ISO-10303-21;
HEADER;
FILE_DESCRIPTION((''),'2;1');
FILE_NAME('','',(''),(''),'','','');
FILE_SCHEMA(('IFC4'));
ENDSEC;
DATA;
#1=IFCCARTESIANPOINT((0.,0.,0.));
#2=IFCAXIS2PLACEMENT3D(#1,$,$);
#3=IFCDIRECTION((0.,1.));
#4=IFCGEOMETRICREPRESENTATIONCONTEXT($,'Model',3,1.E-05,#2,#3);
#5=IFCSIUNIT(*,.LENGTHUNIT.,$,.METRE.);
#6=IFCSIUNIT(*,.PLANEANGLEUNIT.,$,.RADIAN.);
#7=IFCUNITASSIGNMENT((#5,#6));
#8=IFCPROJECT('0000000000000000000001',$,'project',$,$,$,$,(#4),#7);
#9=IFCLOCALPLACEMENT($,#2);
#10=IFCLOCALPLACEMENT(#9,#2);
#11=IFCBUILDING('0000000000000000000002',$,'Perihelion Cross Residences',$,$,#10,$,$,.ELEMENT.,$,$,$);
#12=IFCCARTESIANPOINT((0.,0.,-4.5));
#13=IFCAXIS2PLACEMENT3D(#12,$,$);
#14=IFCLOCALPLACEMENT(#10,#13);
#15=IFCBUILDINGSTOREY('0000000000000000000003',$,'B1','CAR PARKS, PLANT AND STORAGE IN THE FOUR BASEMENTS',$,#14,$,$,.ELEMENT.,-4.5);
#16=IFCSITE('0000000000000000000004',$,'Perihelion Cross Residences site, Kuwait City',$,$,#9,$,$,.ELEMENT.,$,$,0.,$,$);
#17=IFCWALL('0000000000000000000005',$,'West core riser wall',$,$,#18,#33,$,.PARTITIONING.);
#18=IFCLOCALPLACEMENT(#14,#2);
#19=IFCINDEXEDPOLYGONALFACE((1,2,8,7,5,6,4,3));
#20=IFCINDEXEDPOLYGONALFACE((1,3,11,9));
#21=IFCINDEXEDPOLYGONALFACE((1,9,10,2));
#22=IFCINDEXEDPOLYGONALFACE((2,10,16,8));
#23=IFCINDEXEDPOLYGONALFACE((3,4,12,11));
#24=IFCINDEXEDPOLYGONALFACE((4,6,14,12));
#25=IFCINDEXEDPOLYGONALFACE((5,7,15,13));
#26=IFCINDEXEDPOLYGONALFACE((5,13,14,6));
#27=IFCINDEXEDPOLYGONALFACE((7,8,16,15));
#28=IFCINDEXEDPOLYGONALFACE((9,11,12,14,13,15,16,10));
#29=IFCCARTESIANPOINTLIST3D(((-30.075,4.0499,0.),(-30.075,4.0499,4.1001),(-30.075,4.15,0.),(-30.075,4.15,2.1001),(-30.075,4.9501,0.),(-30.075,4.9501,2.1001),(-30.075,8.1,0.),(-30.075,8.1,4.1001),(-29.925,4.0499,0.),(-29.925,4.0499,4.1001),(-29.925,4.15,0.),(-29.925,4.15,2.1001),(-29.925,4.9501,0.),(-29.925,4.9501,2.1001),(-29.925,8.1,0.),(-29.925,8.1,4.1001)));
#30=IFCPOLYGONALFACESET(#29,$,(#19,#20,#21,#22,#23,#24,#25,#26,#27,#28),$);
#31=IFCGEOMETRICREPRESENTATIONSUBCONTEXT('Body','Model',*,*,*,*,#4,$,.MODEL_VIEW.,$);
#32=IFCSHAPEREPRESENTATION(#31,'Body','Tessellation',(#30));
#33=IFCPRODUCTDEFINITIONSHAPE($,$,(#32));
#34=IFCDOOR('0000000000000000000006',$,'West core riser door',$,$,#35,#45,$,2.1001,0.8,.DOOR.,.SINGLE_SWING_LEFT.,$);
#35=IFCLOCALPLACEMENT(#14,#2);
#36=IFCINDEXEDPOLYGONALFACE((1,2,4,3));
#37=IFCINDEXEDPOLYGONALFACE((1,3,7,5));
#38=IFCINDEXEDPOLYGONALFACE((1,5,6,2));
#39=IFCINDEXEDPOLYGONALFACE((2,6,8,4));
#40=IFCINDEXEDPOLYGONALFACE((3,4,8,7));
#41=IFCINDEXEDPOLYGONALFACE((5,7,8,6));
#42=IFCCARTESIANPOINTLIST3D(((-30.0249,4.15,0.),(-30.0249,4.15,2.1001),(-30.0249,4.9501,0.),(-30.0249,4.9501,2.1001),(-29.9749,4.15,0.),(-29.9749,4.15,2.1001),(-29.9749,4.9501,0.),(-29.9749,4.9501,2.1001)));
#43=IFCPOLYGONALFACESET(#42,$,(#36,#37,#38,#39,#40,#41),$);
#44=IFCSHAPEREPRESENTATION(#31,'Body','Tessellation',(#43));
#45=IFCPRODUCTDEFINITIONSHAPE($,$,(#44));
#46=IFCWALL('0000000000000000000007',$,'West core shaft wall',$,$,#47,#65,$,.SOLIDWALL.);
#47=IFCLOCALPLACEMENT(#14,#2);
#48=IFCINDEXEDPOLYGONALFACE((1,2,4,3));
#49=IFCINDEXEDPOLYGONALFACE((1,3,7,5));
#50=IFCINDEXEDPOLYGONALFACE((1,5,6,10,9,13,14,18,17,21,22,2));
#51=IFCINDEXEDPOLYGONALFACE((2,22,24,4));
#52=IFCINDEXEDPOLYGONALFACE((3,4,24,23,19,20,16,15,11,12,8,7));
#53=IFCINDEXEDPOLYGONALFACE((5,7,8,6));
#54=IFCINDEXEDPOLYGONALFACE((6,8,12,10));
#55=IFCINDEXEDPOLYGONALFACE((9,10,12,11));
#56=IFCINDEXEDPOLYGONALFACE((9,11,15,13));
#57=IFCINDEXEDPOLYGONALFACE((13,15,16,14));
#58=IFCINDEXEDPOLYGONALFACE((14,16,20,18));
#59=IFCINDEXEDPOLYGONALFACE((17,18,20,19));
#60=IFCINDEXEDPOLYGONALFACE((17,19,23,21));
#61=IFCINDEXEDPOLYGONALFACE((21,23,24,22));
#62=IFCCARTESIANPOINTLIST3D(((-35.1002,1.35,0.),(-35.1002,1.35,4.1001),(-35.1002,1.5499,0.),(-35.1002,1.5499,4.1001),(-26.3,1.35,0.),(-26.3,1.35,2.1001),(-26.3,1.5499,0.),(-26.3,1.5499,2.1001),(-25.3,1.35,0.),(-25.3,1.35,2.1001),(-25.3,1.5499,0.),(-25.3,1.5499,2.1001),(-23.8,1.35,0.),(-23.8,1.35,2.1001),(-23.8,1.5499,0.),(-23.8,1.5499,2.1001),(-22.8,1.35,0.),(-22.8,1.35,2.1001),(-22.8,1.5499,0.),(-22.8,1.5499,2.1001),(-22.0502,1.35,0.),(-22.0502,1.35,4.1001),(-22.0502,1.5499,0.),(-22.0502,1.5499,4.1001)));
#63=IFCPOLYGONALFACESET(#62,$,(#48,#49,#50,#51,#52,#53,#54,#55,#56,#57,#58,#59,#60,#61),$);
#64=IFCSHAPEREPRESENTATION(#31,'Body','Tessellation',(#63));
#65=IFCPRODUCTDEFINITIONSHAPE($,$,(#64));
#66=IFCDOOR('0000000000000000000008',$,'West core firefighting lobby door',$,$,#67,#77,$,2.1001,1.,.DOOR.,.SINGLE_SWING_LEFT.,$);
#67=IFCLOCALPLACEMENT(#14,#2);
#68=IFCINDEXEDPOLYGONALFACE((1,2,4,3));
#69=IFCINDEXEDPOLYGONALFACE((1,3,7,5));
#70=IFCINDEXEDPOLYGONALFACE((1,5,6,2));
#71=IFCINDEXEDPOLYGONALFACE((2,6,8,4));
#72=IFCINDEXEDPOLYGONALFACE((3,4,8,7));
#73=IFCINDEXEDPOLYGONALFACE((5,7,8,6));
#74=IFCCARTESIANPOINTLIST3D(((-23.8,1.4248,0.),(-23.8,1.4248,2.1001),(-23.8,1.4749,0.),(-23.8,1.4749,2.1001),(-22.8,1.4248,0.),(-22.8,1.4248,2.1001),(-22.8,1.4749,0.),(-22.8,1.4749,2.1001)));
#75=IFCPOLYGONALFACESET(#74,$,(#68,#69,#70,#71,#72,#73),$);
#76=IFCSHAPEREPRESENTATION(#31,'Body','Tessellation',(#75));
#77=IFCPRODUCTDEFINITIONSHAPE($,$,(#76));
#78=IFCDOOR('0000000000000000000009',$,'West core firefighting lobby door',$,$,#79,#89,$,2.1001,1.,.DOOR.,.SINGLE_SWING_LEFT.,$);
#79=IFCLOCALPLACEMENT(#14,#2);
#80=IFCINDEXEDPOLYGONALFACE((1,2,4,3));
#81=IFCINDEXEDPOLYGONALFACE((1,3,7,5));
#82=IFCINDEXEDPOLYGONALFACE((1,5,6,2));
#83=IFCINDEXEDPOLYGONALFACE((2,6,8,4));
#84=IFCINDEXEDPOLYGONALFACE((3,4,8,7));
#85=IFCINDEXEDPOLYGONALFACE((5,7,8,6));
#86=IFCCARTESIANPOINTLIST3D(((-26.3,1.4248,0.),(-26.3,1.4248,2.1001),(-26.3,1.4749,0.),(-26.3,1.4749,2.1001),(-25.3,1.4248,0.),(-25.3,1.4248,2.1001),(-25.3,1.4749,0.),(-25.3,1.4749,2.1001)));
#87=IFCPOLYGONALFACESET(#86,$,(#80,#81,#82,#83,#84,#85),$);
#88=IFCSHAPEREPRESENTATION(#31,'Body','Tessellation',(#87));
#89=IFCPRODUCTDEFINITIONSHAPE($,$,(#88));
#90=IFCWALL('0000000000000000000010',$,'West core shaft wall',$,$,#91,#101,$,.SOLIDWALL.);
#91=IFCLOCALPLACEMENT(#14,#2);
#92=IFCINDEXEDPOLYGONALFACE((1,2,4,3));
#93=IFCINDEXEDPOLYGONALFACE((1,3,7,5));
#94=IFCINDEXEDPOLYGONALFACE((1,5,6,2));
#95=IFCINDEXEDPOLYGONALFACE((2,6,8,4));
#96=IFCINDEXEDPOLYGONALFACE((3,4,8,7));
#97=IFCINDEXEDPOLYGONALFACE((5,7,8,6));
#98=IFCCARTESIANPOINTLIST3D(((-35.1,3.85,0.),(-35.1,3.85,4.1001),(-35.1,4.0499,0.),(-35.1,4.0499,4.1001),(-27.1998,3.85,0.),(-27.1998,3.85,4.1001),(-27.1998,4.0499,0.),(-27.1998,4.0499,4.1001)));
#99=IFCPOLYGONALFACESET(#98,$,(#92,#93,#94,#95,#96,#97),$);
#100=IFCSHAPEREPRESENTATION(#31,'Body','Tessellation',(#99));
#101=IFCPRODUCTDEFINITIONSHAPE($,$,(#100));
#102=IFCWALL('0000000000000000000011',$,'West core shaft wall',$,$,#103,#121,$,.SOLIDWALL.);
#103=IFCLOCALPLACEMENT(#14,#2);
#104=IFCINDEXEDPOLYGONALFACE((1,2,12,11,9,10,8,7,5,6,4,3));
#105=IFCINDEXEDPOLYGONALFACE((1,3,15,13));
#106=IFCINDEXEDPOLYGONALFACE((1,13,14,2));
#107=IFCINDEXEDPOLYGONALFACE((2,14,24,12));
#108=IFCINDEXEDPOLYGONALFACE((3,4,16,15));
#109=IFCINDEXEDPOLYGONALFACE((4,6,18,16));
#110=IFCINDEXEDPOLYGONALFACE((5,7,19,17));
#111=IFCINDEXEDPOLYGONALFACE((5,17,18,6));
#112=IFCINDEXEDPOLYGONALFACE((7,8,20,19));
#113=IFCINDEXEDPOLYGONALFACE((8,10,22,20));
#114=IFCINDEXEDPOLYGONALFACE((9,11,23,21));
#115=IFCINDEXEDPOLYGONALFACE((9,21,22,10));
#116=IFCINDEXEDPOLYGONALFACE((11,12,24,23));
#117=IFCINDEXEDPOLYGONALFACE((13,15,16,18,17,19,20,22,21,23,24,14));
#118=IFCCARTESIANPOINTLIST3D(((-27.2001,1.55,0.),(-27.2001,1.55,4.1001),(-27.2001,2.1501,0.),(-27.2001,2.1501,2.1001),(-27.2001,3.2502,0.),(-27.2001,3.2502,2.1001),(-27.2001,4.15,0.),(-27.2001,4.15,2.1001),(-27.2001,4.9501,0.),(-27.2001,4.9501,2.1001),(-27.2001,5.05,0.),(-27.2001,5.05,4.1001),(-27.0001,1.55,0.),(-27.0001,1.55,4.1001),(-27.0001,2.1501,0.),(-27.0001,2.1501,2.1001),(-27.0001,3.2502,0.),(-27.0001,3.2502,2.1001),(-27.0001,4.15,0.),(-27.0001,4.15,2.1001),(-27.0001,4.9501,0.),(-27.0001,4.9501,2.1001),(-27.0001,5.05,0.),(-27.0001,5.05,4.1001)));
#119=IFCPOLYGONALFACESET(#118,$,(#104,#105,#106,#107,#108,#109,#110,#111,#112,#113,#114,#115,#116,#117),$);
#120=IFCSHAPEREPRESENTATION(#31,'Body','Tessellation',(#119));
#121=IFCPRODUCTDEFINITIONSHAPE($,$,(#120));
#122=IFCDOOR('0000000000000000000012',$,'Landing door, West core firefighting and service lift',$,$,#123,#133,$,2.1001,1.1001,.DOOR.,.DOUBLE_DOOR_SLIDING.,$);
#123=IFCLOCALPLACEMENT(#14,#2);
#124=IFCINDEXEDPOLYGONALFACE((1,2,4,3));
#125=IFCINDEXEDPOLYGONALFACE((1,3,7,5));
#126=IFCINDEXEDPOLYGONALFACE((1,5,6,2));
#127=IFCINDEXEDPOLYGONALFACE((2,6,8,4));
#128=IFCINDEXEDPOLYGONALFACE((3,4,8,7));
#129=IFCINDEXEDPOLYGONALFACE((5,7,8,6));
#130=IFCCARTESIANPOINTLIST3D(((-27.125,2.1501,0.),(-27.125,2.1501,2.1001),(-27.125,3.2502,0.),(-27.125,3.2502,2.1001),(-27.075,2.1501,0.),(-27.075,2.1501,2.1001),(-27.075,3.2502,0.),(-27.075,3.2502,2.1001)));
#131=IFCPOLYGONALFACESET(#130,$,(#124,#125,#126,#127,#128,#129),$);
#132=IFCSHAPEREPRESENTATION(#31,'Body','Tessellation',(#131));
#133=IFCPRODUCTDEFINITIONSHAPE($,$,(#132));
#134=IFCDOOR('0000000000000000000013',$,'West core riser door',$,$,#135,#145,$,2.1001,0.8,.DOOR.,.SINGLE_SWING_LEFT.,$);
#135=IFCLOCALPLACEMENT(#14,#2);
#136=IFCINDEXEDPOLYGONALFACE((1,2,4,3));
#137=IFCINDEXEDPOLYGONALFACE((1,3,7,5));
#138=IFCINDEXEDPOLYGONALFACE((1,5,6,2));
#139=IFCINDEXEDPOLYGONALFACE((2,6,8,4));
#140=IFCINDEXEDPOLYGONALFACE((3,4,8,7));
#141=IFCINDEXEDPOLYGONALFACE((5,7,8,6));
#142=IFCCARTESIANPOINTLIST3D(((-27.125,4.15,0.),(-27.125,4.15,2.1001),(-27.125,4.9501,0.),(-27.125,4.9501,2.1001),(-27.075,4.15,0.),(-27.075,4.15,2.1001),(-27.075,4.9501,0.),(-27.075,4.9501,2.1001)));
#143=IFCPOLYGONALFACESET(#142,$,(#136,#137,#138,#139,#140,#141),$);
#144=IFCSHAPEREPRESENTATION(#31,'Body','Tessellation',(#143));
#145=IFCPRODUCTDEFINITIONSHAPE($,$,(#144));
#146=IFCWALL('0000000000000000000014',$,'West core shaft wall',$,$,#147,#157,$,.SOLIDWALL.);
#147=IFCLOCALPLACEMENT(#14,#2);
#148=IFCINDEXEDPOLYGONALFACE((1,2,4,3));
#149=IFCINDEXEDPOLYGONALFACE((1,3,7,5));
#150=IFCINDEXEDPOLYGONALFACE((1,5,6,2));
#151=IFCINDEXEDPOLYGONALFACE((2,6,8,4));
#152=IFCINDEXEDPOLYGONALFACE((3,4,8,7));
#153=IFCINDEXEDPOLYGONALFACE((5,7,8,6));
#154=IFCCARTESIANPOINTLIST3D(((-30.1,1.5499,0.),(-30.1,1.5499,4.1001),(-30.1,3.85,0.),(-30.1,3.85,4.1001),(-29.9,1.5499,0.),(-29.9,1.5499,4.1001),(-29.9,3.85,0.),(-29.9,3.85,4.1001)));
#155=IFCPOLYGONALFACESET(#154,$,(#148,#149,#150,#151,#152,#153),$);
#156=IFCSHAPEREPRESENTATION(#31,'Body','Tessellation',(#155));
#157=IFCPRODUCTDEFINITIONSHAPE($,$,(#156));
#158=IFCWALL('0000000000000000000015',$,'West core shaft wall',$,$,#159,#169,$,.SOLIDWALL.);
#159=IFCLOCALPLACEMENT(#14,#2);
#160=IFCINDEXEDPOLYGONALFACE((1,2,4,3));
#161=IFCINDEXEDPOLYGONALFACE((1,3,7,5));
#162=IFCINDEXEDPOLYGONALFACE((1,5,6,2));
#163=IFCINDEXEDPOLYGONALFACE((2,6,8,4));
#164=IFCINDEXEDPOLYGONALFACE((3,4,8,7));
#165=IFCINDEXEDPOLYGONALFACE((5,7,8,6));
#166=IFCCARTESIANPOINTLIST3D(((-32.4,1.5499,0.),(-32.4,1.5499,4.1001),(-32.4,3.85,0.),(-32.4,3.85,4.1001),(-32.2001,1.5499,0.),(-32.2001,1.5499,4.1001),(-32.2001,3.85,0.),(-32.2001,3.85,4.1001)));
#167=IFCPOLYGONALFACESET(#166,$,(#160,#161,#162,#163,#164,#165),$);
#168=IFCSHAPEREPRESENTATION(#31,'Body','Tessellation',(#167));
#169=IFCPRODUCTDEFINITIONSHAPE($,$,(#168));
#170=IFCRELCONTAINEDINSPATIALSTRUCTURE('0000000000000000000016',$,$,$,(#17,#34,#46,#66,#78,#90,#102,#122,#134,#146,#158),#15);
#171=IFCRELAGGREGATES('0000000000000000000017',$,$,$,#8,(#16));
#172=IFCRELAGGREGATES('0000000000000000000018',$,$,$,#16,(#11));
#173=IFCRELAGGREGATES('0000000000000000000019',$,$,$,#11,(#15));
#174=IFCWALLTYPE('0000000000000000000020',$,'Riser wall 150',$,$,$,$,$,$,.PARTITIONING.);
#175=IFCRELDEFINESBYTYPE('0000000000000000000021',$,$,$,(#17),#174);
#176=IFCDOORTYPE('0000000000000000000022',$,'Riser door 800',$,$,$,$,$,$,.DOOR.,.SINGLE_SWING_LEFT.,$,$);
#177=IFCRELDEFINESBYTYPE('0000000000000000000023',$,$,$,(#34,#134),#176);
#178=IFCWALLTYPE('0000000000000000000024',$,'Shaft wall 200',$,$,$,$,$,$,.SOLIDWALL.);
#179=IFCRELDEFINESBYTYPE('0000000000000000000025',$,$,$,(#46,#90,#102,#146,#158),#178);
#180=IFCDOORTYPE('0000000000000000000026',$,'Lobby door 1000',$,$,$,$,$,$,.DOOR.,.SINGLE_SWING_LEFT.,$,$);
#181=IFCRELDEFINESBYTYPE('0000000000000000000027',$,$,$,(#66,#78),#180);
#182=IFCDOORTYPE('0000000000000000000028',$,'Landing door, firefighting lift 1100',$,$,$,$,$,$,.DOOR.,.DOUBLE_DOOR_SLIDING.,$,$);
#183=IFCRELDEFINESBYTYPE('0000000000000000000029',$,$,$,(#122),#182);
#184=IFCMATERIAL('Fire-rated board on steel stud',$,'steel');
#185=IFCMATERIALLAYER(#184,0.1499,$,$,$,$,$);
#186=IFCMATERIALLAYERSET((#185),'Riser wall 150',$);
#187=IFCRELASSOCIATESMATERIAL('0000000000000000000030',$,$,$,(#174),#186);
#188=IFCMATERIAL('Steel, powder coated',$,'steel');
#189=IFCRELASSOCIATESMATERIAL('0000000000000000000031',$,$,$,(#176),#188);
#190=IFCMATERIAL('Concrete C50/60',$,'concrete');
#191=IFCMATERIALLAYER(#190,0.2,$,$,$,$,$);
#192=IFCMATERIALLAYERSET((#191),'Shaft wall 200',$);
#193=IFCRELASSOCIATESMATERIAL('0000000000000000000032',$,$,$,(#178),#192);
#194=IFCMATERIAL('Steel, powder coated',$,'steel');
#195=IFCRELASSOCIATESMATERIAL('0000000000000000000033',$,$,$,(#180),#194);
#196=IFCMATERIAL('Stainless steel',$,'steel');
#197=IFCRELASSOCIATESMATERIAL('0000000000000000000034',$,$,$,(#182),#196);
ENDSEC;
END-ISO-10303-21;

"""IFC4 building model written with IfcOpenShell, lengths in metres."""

from ifc_helpers import new_model, si_unit, direction, frame, frame_2d, origin, place, context, subcontext, project, spatial, rectangle, extrude, material, layer, layer_set, type_object, element, fill, save


model = new_model("IFC4")

# Units and contexts
model_context = context("Model", 3, precision=1e-05, world=origin(), true_north=direction((0.0, 1.0)))
body_context = subcontext(model_context, "Body", "Model", "MODEL_VIEW")
ifc_project = project(units=[si_unit("LENGTHUNIT", "METRE"), si_unit("PLANEANGLEUNIT", "RADIAN")], contexts=[model_context])

# Site, building, storey
site_placement = place(None, origin())
site = spatial("IfcSite", under=ifc_project, at=site_placement, Name="Perihelion Cross Residences site, Kuwait City", CompositionType="ELEMENT", RefElevation=0.0)
building_placement = place(site_placement, origin())
building = spatial("IfcBuilding", under=site, at=building_placement, Name="Perihelion Cross Residences", CompositionType="ELEMENT")
storey_placement = place(building_placement, frame((0.0, 0.0, -4.5)))
storey = spatial("IfcBuildingStorey", under=building, at=storey_placement, Name="B1", Description="CAR PARKS, PLANT AND STORAGE IN THE FOUR BASEMENTS", CompositionType="ELEMENT", Elevation=-4.5)

# Wall, opening, door
ifc_material_1 = material(Name="Fire-rated board on steel stud", Category="steel")
ifc_layer_1 = layer(ifc_material_1, 0.1499)
ifc_layer_set_1 = layer_set([ifc_layer_1], Name="Riser wall 150")
wall_type_1 = type_object("IfcWallType", Name="Riser wall 150", PredefinedType="PARTITIONING", material=ifc_layer_set_1)
wall_1_placement = place(storey_placement, frame((-30.0, 4.05, 0.0), z_axis=(0.0, 0.0, 1.0), x_axis=(0.0, 1.0, 0.0)))
wall_1 = element("IfcWall", 1, at=wall_1_placement, inside=storey, type_object=wall_type_1, Name="West core riser wall", PredefinedType="PARTITIONING", context=body_context, shape_type="SweptSolid", body=[
    extrude(rectangle(XDim=4.05, YDim=0.1499, at=frame_2d((2.0249, 0.0))), origin(), (0.0, 0.0, 1.0), 4.1001),
])
opening_1_placement = place(wall_1_placement, frame((0.1001, 0.0, 0.0)))
opening_1 = element("IfcOpeningElement", 2, at=opening_1_placement, cuts=wall_1, PredefinedType="OPENING", context=body_context, shape_type="SweptSolid", body=[
    extrude(rectangle(XDim=0.8, YDim=2.1001, at=frame_2d((0.3999, 1.05))), frame((0.0, 0.085, 0.0), z_axis=(0.0, -1.0, 0.0), x_axis=(1.0, 0.0, 0.0)), (0.0, 0.0, 1.0), 0.1699),
])
ifc_material_2 = material(Name="Steel, powder coated", Category="steel")
door_type_1 = type_object("IfcDoorType", Name="Riser door 800", OperationType="SINGLE_SWING_LEFT", PredefinedType="DOOR", material=ifc_material_2)
door_1_placement = place(opening_1_placement, origin())
door_1 = element("IfcDoor", 3, at=door_1_placement, inside=storey, type_object=door_type_1, Name="West core riser door", OperationType="SINGLE_SWING_LEFT", OverallHeight=2.1001, OverallWidth=0.8, PredefinedType="DOOR", context=body_context, shape_type="SweptSolid", body=[
    extrude(rectangle(XDim=0.8, YDim=2.1001, at=frame_2d((0.3999, 1.05))), frame((0.0, 0.0249, 0.0), z_axis=(0.0, -1.0, 0.0), x_axis=(1.0, 0.0, 0.0)), (0.0, 0.0, 1.0), 0.05),
])
fill(opening_1, door_1)

# Wall, openings, doors
ifc_material_3 = material(Name="Concrete C50/60", Category="concrete")
ifc_layer_2 = layer(ifc_material_3, 0.2)
ifc_layer_set_2 = layer_set([ifc_layer_2], Name="Shaft wall 200")
wall_type_2 = type_object("IfcWallType", Name="Shaft wall 200", PredefinedType="SOLIDWALL", material=ifc_layer_set_2)
wall_2_placement = place(storey_placement, frame((-35.1001, 1.45, 0.0), z_axis=(0.0, 0.0, 1.0), x_axis=(1.0, 0.0, 0.0)))
wall_2 = element("IfcWall", 4, at=wall_2_placement, inside=storey, type_object=wall_type_2, Name="West core shaft wall", PredefinedType="SOLIDWALL", context=body_context, shape_type="SweptSolid", body=[
    extrude(rectangle(XDim=13.05, YDim=0.2, at=frame_2d((6.5249, 0.0))), origin(), (0.0, 0.0, 1.0), 4.1001),
])
opening_2_placement = place(wall_2_placement, frame((11.3, 0.0, 0.0)))
opening_2 = element("IfcOpeningElement", 5, at=opening_2_placement, cuts=wall_2, PredefinedType="OPENING", context=body_context, shape_type="SweptSolid", body=[
    extrude(rectangle(XDim=1.0, YDim=2.1001, at=frame_2d((0.5, 1.05))), frame((0.0, 0.1099, 0.0), z_axis=(0.0, -1.0, 0.0), x_axis=(1.0, 0.0, 0.0)), (0.0, 0.0, 1.0), 0.22),
])
opening_3_placement = place(wall_2_placement, frame((8.8, 0.0, 0.0)))
opening_3 = element("IfcOpeningElement", 6, at=opening_3_placement, cuts=wall_2, PredefinedType="OPENING", context=body_context, shape_type="SweptSolid", body=[
    extrude(rectangle(XDim=1.0, YDim=2.1001, at=frame_2d((0.5, 1.05))), frame((0.0, 0.1099, 0.0), z_axis=(0.0, -1.0, 0.0), x_axis=(1.0, 0.0, 0.0)), (0.0, 0.0, 1.0), 0.22),
])
ifc_material_4 = material(Name="Steel, powder coated", Category="steel")
door_type_2 = type_object("IfcDoorType", Name="Lobby door 1000", OperationType="SINGLE_SWING_LEFT", PredefinedType="DOOR", material=ifc_material_4)
door_2_placement = place(opening_2_placement, origin())
door_2 = element("IfcDoor", 7, at=door_2_placement, inside=storey, type_object=door_type_2, Name="West core firefighting lobby door", OperationType="SINGLE_SWING_LEFT", OverallHeight=2.1001, OverallWidth=1.0, PredefinedType="DOOR", context=body_context, shape_type="SweptSolid", body=[
    extrude(rectangle(XDim=1.0, YDim=2.1001, at=frame_2d((0.5, 1.05))), frame((0.0, 0.0249, 0.0), z_axis=(0.0, -1.0, 0.0), x_axis=(1.0, 0.0, 0.0)), (0.0, 0.0, 1.0), 0.05),
])
fill(opening_2, door_2)
door_3_placement = place(opening_3_placement, origin())
door_3 = element("IfcDoor", 8, at=door_3_placement, inside=storey, type_object=door_type_2, Name="West core firefighting lobby door", OperationType="SINGLE_SWING_LEFT", OverallHeight=2.1001, OverallWidth=1.0, PredefinedType="DOOR", context=body_context, shape_type="SweptSolid", body=[
    extrude(rectangle(XDim=1.0, YDim=2.1001, at=frame_2d((0.5, 1.05))), frame((0.0, 0.0249, 0.0), z_axis=(0.0, -1.0, 0.0), x_axis=(1.0, 0.0, 0.0)), (0.0, 0.0, 1.0), 0.05),
])
fill(opening_3, door_3)

# Wall
wall_3_placement = place(storey_placement, frame((-35.1001, 3.95, 0.0), z_axis=(0.0, 0.0, 1.0), x_axis=(1.0, 0.0, 0.0)))
element("IfcWall", 9, at=wall_3_placement, inside=storey, type_object=wall_type_2, Name="West core shaft wall", PredefinedType="SOLIDWALL", context=body_context, shape_type="SweptSolid", body=[
    extrude(rectangle(XDim=7.9001, YDim=0.2, at=frame_2d((3.9502, 0.0))), origin(), (0.0, 0.0, 1.0), 4.1001),
])

# Wall, openings, doors
wall_4_placement = place(storey_placement, frame((-27.1001, 1.55, 0.0), z_axis=(0.0, 0.0, 1.0), x_axis=(0.0, 1.0, 0.0)))
wall_4 = element("IfcWall", 10, at=wall_4_placement, inside=storey, type_object=wall_type_2, Name="West core shaft wall", PredefinedType="SOLIDWALL", context=body_context, shape_type="SweptSolid", body=[
    extrude(rectangle(XDim=3.5, YDim=0.2, at=frame_2d((1.75, 0.0))), origin(), (0.0, 0.0, 1.0), 4.1001),
])
opening_4_placement = place(wall_4_placement, frame((0.6001, 0.0, 0.0)))
opening_4 = element("IfcOpeningElement", 11, at=opening_4_placement, cuts=wall_4, PredefinedType="OPENING", context=body_context, shape_type="SweptSolid", body=[
    extrude(rectangle(XDim=1.1001, YDim=2.1001, at=frame_2d((0.55, 1.05))), frame((0.0, 0.1099, 0.0), z_axis=(0.0, -1.0, 0.0), x_axis=(1.0, 0.0, 0.0)), (0.0, 0.0, 1.0), 0.22),
])
opening_5_placement = place(wall_4_placement, frame((2.6001, 0.0, 0.0)))
opening_5 = element("IfcOpeningElement", 12, at=opening_5_placement, cuts=wall_4, PredefinedType="OPENING", context=body_context, shape_type="SweptSolid", body=[
    extrude(rectangle(XDim=0.8, YDim=2.1001, at=frame_2d((0.3999, 1.05))), frame((0.0, 0.1099, 0.0), z_axis=(0.0, -1.0, 0.0), x_axis=(1.0, 0.0, 0.0)), (0.0, 0.0, 1.0), 0.22),
])
ifc_material_5 = material(Name="Stainless steel", Category="steel")
door_type_3 = type_object("IfcDoorType", Name="Landing door, firefighting lift 1100", OperationType="DOUBLE_DOOR_SLIDING", PredefinedType="DOOR", material=ifc_material_5)
door_4_placement = place(opening_4_placement, origin())
door_4 = element("IfcDoor", 13, at=door_4_placement, inside=storey, type_object=door_type_3, Name="Landing door, West core firefighting and service lift", OperationType="DOUBLE_DOOR_SLIDING", OverallHeight=2.1001, OverallWidth=1.1001, PredefinedType="DOOR", context=body_context, shape_type="SweptSolid", body=[
    extrude(rectangle(XDim=1.1001, YDim=2.1001, at=frame_2d((0.55, 1.05))), frame((0.0, 0.0249, 0.0), z_axis=(0.0, -1.0, 0.0), x_axis=(1.0, 0.0, 0.0)), (0.0, 0.0, 1.0), 0.05),
])
fill(opening_4, door_4)
door_5_placement = place(opening_5_placement, origin())
door_5 = element("IfcDoor", 14, at=door_5_placement, inside=storey, type_object=door_type_1, Name="West core riser door", OperationType="SINGLE_SWING_LEFT", OverallHeight=2.1001, OverallWidth=0.8, PredefinedType="DOOR", context=body_context, shape_type="SweptSolid", body=[
    extrude(rectangle(XDim=0.8, YDim=2.1001, at=frame_2d((0.3999, 1.05))), frame((0.0, 0.0249, 0.0), z_axis=(0.0, -1.0, 0.0), x_axis=(1.0, 0.0, 0.0)), (0.0, 0.0, 1.0), 0.05),
])
fill(opening_5, door_5)

# Walls
for number, where, z_axis, x_axis, name in (
    (15, (-30.0, 1.55, 0.0), (0.0, 0.0, 1.0), (0.0, 1.0, 0.0), "West core shaft wall"),
    (16, (-32.3, 1.55, 0.0), (0.0, 0.0, 1.0), (0.0, 1.0, 0.0), "West core shaft wall"),
):
    element("IfcWall", number, at=place(storey_placement, frame(where, z_axis=z_axis, x_axis=x_axis)), inside=storey, type_object=wall_type_2, Name=name, PredefinedType="SOLIDWALL", context=body_context, shape_type="SweptSolid", body=[
        extrude(rectangle(XDim=2.3, YDim=0.2, at=frame_2d((1.1499, 0.0))), origin(), (0.0, 0.0, 1.0), 4.1001),
    ])

save(model, "model.ifc")
